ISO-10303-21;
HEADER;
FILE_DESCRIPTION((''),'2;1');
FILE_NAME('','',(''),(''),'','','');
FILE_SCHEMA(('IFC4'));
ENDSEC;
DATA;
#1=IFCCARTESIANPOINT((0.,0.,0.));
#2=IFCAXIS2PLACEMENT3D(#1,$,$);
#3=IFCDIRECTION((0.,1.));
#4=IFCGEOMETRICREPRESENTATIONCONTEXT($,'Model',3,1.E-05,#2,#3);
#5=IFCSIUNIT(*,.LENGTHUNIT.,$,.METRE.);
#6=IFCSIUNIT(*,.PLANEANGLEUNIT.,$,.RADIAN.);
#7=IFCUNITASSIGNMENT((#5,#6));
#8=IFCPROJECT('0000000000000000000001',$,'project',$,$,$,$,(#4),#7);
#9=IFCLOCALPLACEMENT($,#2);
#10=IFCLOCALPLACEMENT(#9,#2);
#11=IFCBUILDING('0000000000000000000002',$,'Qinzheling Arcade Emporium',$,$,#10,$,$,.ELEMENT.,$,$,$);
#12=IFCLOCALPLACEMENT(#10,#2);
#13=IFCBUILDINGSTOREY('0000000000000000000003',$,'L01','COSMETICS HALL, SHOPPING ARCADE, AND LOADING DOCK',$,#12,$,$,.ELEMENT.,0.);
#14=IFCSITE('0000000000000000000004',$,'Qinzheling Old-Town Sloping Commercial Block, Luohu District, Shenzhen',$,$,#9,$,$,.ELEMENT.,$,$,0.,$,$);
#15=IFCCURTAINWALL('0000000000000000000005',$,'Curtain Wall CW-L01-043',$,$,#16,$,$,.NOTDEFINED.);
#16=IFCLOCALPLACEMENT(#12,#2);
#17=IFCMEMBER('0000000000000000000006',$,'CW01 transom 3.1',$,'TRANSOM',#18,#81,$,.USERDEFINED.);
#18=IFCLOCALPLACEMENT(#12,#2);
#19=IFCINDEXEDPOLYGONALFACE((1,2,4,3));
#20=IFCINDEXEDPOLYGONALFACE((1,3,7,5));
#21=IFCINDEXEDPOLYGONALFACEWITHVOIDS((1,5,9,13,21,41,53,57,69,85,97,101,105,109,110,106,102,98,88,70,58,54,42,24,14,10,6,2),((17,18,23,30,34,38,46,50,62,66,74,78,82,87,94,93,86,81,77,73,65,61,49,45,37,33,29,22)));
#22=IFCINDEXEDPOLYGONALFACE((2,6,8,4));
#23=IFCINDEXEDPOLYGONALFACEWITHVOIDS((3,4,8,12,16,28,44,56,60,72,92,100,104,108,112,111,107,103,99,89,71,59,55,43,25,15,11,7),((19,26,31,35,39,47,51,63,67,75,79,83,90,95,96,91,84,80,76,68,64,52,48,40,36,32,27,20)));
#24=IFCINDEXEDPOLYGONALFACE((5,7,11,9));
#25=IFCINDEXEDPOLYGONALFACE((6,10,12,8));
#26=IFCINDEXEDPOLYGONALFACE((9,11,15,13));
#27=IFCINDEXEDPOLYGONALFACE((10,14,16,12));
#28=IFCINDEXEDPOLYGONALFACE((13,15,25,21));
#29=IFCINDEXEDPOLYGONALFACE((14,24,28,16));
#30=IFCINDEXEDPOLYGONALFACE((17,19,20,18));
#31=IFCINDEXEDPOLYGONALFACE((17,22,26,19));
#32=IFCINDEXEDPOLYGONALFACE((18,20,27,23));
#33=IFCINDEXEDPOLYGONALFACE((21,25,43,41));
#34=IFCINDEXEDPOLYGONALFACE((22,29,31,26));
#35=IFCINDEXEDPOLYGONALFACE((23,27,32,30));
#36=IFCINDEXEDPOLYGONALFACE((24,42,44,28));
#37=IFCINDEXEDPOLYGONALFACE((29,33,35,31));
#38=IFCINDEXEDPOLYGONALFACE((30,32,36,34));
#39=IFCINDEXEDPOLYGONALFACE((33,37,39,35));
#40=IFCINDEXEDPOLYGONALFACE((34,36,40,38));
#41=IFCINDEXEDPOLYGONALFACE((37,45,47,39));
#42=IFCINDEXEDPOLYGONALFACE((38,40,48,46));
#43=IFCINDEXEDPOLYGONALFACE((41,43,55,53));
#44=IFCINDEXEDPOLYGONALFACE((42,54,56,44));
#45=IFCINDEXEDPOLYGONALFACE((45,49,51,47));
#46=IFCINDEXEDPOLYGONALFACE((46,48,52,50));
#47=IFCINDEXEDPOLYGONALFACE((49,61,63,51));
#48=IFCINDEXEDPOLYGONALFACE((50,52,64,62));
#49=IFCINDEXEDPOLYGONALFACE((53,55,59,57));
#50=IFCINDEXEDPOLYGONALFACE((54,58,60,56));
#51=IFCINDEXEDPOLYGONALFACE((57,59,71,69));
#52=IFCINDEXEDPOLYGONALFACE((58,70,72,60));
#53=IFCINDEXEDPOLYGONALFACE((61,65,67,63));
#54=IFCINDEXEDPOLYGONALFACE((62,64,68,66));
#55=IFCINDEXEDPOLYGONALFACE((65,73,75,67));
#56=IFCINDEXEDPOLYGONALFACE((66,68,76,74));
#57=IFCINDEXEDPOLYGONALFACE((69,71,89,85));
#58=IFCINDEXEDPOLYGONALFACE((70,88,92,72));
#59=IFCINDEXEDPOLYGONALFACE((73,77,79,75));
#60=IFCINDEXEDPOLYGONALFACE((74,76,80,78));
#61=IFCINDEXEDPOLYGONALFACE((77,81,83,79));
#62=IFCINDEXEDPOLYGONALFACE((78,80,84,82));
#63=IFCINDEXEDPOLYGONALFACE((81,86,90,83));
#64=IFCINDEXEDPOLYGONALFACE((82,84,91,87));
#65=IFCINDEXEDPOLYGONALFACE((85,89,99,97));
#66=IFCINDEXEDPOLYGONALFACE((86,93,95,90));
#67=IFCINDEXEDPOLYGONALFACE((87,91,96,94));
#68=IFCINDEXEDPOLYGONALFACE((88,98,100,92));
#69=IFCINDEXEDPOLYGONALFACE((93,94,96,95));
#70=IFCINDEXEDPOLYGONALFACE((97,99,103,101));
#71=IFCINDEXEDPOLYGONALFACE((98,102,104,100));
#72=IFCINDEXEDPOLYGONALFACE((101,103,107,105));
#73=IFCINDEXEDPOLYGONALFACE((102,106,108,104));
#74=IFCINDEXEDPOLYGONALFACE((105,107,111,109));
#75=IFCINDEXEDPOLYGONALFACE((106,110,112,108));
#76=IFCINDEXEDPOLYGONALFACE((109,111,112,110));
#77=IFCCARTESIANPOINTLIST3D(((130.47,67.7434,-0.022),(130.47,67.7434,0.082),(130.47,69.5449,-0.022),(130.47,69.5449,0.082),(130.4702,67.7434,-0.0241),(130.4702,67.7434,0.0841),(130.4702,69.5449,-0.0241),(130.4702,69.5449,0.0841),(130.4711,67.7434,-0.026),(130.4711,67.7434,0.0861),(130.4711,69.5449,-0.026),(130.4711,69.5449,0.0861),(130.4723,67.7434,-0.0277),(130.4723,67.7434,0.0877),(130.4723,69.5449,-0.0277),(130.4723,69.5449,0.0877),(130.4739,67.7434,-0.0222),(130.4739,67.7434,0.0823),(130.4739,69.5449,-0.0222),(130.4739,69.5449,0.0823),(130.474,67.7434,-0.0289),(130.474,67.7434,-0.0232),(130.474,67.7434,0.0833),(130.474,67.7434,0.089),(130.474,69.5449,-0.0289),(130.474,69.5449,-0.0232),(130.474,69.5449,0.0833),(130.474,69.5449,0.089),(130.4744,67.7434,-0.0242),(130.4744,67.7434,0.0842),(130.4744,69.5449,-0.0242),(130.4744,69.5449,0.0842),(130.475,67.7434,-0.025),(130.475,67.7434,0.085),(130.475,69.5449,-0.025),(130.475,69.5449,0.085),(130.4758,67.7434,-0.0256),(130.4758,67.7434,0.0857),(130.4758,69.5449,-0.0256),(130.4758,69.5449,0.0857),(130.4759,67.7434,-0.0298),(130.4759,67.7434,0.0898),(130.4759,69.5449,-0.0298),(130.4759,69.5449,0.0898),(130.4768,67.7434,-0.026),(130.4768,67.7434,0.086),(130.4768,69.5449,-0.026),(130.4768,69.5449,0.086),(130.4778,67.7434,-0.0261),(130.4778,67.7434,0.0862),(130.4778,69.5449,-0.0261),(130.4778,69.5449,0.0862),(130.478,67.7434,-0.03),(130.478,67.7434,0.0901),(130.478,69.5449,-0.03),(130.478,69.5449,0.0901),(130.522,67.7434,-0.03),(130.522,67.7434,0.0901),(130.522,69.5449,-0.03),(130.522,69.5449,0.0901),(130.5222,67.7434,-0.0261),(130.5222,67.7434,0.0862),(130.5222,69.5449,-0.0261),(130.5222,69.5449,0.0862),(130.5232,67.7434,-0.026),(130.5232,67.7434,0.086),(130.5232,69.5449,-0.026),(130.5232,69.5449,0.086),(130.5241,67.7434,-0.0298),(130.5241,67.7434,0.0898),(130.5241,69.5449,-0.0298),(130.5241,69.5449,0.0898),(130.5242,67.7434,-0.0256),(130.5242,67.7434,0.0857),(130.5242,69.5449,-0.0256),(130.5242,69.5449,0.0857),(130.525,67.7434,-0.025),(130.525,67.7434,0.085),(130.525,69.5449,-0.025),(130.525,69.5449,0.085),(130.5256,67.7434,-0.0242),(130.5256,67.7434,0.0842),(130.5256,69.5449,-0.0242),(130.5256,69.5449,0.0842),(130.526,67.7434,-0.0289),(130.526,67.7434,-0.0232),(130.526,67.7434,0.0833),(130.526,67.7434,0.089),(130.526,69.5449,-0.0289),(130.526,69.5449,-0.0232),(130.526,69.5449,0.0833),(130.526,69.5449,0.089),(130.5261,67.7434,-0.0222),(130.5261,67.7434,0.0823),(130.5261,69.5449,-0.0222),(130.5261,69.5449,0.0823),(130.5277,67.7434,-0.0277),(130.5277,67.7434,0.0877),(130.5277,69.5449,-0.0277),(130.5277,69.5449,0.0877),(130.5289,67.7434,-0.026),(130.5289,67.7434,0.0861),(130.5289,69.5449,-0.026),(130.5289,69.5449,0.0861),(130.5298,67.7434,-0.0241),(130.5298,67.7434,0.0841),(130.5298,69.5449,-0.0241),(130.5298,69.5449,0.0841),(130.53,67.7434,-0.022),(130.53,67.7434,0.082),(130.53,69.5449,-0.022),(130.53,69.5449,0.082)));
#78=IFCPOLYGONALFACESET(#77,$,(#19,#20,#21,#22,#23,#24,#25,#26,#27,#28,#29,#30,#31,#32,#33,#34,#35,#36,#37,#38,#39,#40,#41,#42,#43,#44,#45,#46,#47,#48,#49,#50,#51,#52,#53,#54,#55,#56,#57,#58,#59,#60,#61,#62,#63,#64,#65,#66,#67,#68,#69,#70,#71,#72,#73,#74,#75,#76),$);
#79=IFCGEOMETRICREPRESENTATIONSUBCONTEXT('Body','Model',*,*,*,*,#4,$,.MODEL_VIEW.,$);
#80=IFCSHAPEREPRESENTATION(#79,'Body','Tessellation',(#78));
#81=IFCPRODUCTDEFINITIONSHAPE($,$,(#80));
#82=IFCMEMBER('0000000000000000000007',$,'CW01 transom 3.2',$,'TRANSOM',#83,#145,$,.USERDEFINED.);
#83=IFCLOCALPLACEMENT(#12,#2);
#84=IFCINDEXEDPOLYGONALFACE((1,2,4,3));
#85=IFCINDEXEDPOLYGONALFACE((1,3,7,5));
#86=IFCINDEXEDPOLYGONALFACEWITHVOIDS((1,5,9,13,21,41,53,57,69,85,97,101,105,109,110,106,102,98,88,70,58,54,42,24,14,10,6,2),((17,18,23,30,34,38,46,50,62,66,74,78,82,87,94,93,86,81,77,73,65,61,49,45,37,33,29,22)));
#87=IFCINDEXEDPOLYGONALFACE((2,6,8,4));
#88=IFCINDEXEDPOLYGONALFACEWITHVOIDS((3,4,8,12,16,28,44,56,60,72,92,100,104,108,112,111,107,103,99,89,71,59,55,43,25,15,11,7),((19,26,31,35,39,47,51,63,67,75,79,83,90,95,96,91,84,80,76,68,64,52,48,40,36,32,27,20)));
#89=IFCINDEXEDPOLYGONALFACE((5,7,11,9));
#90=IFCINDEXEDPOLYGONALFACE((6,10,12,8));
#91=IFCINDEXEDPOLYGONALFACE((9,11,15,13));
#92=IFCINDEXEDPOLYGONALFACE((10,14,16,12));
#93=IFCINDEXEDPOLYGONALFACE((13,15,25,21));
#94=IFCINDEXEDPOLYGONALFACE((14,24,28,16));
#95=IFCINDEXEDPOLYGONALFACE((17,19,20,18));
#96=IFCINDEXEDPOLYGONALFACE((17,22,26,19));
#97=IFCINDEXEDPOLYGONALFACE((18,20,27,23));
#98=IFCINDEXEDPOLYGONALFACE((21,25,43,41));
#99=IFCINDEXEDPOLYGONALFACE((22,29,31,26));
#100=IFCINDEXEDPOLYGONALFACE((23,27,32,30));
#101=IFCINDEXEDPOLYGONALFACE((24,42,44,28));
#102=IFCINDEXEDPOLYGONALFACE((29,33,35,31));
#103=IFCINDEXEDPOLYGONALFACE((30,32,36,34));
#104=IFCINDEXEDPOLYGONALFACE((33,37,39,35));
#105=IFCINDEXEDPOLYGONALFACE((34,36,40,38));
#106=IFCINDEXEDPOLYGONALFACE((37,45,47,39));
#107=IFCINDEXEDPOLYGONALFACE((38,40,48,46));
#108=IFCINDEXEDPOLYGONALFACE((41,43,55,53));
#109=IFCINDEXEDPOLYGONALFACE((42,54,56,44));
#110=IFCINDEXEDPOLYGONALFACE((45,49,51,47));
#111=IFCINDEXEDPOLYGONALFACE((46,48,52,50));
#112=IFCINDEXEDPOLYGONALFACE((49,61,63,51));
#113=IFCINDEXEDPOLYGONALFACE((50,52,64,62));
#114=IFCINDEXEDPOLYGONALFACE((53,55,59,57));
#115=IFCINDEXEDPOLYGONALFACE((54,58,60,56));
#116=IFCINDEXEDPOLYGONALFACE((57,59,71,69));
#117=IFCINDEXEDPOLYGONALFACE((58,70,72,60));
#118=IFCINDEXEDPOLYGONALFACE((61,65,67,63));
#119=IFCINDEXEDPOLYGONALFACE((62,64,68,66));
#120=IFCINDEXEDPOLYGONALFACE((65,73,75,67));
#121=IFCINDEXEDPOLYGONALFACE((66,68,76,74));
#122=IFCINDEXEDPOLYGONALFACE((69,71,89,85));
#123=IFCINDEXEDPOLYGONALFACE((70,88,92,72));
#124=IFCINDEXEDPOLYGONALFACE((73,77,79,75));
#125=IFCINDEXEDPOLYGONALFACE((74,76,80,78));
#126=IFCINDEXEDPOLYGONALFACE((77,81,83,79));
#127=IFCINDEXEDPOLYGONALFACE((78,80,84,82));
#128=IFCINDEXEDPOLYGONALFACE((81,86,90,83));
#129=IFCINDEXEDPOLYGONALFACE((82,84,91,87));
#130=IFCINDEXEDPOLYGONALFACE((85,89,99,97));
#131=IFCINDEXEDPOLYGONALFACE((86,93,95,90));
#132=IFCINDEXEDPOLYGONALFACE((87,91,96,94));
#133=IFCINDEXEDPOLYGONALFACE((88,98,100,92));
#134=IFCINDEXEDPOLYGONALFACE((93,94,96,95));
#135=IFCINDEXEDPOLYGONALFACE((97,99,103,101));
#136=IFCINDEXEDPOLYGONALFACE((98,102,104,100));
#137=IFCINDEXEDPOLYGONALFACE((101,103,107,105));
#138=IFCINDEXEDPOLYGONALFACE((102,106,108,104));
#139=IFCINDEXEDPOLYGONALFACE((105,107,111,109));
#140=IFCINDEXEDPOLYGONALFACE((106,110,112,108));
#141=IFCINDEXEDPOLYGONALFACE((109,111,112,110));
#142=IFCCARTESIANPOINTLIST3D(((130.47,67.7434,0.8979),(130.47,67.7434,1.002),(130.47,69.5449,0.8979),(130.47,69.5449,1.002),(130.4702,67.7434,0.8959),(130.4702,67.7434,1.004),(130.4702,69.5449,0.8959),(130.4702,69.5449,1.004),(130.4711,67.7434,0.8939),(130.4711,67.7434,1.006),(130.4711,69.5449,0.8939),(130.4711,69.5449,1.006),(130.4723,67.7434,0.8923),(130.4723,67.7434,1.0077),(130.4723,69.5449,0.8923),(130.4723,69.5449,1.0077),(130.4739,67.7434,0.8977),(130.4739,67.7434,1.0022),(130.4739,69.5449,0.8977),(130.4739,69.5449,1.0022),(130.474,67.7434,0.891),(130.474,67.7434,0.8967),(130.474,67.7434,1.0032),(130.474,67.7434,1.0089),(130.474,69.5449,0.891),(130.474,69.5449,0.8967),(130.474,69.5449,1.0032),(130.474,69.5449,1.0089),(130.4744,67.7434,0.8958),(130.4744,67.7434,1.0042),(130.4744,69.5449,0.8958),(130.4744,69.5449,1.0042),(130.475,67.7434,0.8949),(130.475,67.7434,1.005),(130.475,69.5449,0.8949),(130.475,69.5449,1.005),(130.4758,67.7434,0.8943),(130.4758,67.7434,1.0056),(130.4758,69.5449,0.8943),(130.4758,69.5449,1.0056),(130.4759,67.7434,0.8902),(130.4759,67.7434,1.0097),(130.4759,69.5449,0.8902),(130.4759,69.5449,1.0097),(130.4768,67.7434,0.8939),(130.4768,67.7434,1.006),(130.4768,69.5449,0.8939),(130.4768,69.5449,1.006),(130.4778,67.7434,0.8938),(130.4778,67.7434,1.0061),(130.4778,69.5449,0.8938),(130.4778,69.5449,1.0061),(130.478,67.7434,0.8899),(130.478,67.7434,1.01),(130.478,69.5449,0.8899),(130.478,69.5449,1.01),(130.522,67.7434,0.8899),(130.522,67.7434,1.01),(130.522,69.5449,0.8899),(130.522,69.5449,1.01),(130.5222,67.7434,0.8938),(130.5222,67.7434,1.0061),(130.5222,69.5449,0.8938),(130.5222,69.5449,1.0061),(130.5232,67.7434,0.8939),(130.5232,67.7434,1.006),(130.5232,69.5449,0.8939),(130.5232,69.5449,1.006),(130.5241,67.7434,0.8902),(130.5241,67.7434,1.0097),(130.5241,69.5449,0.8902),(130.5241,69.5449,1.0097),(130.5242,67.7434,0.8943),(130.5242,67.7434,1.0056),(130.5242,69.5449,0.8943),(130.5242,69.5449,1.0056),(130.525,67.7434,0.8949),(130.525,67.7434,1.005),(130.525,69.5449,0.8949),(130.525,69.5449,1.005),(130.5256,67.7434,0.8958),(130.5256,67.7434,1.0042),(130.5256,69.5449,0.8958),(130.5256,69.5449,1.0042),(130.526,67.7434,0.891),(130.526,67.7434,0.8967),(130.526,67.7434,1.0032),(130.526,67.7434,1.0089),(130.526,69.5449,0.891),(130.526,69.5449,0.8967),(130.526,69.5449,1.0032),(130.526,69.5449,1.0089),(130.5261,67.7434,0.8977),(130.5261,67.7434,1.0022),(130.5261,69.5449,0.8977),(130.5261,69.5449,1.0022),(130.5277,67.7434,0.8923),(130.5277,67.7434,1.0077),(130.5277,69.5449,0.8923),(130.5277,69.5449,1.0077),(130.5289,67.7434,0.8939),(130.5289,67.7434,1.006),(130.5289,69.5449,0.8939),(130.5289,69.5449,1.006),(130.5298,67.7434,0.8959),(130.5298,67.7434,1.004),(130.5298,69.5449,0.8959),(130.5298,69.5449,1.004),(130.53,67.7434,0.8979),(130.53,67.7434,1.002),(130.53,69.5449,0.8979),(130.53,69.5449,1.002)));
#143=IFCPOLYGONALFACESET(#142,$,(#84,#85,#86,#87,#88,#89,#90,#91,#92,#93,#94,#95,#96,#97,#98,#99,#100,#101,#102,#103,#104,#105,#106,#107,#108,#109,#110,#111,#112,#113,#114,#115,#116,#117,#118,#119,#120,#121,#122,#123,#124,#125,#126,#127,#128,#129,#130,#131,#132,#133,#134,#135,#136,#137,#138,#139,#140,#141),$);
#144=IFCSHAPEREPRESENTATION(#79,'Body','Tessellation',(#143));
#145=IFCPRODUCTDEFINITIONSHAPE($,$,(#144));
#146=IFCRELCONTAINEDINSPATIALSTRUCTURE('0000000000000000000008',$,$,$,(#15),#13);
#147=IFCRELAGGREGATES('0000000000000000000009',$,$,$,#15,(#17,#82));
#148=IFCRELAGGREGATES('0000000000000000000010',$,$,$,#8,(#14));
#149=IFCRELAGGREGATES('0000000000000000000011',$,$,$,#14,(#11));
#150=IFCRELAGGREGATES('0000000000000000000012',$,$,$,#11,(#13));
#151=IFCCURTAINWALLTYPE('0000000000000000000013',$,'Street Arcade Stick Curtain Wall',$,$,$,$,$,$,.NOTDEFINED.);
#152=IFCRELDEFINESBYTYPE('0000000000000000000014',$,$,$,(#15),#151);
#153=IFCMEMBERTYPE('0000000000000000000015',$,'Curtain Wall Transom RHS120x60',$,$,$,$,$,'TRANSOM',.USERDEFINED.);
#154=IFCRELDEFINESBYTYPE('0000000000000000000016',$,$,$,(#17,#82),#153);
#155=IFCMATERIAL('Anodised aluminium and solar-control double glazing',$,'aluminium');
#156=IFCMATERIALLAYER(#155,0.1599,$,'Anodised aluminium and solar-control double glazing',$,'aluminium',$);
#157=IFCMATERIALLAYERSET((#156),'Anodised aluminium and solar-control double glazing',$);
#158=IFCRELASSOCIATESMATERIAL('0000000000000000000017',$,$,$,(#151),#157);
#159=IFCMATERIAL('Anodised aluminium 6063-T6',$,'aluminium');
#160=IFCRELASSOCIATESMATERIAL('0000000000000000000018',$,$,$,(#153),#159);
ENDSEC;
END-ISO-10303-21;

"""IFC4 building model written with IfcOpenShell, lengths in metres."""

from ifc_helpers import new_model, si_unit, direction, frame, origin, origin_2d, place, context, subcontext, project, spatial, hollow_rectangle, extrude, material, layer, layer_set, material_profile, profile_set, type_object, element, aggregate, save


model = new_model("IFC4")

# Units and contexts
model_context = context("Model", 3, precision=1e-05, world=origin(), true_north=direction((0.0, 1.0)))
body_context = subcontext(model_context, "Body", "Model", "MODEL_VIEW")
ifc_project = project(units=[si_unit("LENGTHUNIT", "METRE"), si_unit("PLANEANGLEUNIT", "RADIAN")], contexts=[model_context])

# Site, building, storey
site_placement = place(None, origin())
site = spatial("IfcSite", under=ifc_project, at=site_placement, Name="Qinzheling Old-Town Sloping Commercial Block, Luohu District, Shenzhen", CompositionType="ELEMENT", RefElevation=0.0)
building_placement = place(site_placement, origin())
building = spatial("IfcBuilding", under=site, at=building_placement, Name="Qinzheling Arcade Emporium", CompositionType="ELEMENT")
storey_placement = place(building_placement, origin())
storey = spatial("IfcBuildingStorey", under=building, at=storey_placement, Name="L01", Description="COSMETICS HALL, SHOPPING ARCADE, AND LOADING DOCK", CompositionType="ELEMENT", Elevation=0.0)

# Curtain wall, members
ifc_material_1 = material(Name="Anodised aluminium and solar-control double glazing", Category="aluminium")
ifc_layer_1 = layer(ifc_material_1, 0.1599, Name="Anodised aluminium and solar-control double glazing", Category="aluminium")
ifc_layer_set_1 = layer_set([ifc_layer_1], Name="Anodised aluminium and solar-control double glazing")
curtain_wall_type = type_object("IfcCurtainWallType", Name="Street Arcade Stick Curtain Wall", PredefinedType="NOTDEFINED", material=ifc_layer_set_1)
curtain_wall_placement = place(storey_placement, origin())
curtain_wall = element("IfcCurtainWall", 1, at=curtain_wall_placement, inside=storey, type_object=curtain_wall_type, Name="Curtain Wall CW-L01-043", PredefinedType="NOTDEFINED")
ifc_material_2 = material(Name="Anodised aluminium 6063-T6", Category="aluminium")
ifc_material_profile_1 = material_profile(ifc_material_2, hollow_rectangle(XDim=0.0601, YDim=0.1201, WallThickness=0.0039, InnerFilletRadius=0.0039, OuterFilletRadius=0.0081, at=origin_2d()), Name="RHS 120x60x4", Category="aluminium")
ifc_profile_set_1 = profile_set([ifc_material_profile_1], Name="Anodised aluminium 6063-T6")
member_type_1 = type_object("IfcMemberType", Name="Curtain Wall Transom RHS120x60", ElementType="TRANSOM", PredefinedType="USERDEFINED", material=ifc_profile_set_1)
member_1_placement = place(storey_placement, frame((130.5, 69.5449, 0.03), z_axis=(0.0, -1.0, 0.0), x_axis=(1.0, 0.0, 0.0)))
member_1 = element("IfcMember", 2, at=member_1_placement, type_object=member_type_1, Name="CW01 transom 3.1", ObjectType="TRANSOM", PredefinedType="USERDEFINED", context=body_context, shape_type="SweptSolid", body=[
    extrude(hollow_rectangle(XDim=0.0601, YDim=0.1201, WallThickness=0.0039, InnerFilletRadius=0.0039, OuterFilletRadius=0.0081, at=origin_2d()), origin(), (0.0, 0.0, 1.0), 1.8015),
])
member_2_placement = place(storey_placement, frame((130.5, 69.5449, 0.95), z_axis=(0.0, -1.0, 0.0), x_axis=(1.0, 0.0, 0.0)))
member_2 = element("IfcMember", 3, at=member_2_placement, type_object=member_type_1, Name="CW01 transom 3.2", ObjectType="TRANSOM", PredefinedType="USERDEFINED", context=body_context, shape_type="SweptSolid", body=[
    extrude(hollow_rectangle(XDim=0.0601, YDim=0.1201, WallThickness=0.0039, InnerFilletRadius=0.0039, OuterFilletRadius=0.0081, at=origin_2d()), origin(), (0.0, 0.0, 1.0), 1.8015),
])
aggregate(curtain_wall, [member_1, member_2])

save(model, "model.ifc")
